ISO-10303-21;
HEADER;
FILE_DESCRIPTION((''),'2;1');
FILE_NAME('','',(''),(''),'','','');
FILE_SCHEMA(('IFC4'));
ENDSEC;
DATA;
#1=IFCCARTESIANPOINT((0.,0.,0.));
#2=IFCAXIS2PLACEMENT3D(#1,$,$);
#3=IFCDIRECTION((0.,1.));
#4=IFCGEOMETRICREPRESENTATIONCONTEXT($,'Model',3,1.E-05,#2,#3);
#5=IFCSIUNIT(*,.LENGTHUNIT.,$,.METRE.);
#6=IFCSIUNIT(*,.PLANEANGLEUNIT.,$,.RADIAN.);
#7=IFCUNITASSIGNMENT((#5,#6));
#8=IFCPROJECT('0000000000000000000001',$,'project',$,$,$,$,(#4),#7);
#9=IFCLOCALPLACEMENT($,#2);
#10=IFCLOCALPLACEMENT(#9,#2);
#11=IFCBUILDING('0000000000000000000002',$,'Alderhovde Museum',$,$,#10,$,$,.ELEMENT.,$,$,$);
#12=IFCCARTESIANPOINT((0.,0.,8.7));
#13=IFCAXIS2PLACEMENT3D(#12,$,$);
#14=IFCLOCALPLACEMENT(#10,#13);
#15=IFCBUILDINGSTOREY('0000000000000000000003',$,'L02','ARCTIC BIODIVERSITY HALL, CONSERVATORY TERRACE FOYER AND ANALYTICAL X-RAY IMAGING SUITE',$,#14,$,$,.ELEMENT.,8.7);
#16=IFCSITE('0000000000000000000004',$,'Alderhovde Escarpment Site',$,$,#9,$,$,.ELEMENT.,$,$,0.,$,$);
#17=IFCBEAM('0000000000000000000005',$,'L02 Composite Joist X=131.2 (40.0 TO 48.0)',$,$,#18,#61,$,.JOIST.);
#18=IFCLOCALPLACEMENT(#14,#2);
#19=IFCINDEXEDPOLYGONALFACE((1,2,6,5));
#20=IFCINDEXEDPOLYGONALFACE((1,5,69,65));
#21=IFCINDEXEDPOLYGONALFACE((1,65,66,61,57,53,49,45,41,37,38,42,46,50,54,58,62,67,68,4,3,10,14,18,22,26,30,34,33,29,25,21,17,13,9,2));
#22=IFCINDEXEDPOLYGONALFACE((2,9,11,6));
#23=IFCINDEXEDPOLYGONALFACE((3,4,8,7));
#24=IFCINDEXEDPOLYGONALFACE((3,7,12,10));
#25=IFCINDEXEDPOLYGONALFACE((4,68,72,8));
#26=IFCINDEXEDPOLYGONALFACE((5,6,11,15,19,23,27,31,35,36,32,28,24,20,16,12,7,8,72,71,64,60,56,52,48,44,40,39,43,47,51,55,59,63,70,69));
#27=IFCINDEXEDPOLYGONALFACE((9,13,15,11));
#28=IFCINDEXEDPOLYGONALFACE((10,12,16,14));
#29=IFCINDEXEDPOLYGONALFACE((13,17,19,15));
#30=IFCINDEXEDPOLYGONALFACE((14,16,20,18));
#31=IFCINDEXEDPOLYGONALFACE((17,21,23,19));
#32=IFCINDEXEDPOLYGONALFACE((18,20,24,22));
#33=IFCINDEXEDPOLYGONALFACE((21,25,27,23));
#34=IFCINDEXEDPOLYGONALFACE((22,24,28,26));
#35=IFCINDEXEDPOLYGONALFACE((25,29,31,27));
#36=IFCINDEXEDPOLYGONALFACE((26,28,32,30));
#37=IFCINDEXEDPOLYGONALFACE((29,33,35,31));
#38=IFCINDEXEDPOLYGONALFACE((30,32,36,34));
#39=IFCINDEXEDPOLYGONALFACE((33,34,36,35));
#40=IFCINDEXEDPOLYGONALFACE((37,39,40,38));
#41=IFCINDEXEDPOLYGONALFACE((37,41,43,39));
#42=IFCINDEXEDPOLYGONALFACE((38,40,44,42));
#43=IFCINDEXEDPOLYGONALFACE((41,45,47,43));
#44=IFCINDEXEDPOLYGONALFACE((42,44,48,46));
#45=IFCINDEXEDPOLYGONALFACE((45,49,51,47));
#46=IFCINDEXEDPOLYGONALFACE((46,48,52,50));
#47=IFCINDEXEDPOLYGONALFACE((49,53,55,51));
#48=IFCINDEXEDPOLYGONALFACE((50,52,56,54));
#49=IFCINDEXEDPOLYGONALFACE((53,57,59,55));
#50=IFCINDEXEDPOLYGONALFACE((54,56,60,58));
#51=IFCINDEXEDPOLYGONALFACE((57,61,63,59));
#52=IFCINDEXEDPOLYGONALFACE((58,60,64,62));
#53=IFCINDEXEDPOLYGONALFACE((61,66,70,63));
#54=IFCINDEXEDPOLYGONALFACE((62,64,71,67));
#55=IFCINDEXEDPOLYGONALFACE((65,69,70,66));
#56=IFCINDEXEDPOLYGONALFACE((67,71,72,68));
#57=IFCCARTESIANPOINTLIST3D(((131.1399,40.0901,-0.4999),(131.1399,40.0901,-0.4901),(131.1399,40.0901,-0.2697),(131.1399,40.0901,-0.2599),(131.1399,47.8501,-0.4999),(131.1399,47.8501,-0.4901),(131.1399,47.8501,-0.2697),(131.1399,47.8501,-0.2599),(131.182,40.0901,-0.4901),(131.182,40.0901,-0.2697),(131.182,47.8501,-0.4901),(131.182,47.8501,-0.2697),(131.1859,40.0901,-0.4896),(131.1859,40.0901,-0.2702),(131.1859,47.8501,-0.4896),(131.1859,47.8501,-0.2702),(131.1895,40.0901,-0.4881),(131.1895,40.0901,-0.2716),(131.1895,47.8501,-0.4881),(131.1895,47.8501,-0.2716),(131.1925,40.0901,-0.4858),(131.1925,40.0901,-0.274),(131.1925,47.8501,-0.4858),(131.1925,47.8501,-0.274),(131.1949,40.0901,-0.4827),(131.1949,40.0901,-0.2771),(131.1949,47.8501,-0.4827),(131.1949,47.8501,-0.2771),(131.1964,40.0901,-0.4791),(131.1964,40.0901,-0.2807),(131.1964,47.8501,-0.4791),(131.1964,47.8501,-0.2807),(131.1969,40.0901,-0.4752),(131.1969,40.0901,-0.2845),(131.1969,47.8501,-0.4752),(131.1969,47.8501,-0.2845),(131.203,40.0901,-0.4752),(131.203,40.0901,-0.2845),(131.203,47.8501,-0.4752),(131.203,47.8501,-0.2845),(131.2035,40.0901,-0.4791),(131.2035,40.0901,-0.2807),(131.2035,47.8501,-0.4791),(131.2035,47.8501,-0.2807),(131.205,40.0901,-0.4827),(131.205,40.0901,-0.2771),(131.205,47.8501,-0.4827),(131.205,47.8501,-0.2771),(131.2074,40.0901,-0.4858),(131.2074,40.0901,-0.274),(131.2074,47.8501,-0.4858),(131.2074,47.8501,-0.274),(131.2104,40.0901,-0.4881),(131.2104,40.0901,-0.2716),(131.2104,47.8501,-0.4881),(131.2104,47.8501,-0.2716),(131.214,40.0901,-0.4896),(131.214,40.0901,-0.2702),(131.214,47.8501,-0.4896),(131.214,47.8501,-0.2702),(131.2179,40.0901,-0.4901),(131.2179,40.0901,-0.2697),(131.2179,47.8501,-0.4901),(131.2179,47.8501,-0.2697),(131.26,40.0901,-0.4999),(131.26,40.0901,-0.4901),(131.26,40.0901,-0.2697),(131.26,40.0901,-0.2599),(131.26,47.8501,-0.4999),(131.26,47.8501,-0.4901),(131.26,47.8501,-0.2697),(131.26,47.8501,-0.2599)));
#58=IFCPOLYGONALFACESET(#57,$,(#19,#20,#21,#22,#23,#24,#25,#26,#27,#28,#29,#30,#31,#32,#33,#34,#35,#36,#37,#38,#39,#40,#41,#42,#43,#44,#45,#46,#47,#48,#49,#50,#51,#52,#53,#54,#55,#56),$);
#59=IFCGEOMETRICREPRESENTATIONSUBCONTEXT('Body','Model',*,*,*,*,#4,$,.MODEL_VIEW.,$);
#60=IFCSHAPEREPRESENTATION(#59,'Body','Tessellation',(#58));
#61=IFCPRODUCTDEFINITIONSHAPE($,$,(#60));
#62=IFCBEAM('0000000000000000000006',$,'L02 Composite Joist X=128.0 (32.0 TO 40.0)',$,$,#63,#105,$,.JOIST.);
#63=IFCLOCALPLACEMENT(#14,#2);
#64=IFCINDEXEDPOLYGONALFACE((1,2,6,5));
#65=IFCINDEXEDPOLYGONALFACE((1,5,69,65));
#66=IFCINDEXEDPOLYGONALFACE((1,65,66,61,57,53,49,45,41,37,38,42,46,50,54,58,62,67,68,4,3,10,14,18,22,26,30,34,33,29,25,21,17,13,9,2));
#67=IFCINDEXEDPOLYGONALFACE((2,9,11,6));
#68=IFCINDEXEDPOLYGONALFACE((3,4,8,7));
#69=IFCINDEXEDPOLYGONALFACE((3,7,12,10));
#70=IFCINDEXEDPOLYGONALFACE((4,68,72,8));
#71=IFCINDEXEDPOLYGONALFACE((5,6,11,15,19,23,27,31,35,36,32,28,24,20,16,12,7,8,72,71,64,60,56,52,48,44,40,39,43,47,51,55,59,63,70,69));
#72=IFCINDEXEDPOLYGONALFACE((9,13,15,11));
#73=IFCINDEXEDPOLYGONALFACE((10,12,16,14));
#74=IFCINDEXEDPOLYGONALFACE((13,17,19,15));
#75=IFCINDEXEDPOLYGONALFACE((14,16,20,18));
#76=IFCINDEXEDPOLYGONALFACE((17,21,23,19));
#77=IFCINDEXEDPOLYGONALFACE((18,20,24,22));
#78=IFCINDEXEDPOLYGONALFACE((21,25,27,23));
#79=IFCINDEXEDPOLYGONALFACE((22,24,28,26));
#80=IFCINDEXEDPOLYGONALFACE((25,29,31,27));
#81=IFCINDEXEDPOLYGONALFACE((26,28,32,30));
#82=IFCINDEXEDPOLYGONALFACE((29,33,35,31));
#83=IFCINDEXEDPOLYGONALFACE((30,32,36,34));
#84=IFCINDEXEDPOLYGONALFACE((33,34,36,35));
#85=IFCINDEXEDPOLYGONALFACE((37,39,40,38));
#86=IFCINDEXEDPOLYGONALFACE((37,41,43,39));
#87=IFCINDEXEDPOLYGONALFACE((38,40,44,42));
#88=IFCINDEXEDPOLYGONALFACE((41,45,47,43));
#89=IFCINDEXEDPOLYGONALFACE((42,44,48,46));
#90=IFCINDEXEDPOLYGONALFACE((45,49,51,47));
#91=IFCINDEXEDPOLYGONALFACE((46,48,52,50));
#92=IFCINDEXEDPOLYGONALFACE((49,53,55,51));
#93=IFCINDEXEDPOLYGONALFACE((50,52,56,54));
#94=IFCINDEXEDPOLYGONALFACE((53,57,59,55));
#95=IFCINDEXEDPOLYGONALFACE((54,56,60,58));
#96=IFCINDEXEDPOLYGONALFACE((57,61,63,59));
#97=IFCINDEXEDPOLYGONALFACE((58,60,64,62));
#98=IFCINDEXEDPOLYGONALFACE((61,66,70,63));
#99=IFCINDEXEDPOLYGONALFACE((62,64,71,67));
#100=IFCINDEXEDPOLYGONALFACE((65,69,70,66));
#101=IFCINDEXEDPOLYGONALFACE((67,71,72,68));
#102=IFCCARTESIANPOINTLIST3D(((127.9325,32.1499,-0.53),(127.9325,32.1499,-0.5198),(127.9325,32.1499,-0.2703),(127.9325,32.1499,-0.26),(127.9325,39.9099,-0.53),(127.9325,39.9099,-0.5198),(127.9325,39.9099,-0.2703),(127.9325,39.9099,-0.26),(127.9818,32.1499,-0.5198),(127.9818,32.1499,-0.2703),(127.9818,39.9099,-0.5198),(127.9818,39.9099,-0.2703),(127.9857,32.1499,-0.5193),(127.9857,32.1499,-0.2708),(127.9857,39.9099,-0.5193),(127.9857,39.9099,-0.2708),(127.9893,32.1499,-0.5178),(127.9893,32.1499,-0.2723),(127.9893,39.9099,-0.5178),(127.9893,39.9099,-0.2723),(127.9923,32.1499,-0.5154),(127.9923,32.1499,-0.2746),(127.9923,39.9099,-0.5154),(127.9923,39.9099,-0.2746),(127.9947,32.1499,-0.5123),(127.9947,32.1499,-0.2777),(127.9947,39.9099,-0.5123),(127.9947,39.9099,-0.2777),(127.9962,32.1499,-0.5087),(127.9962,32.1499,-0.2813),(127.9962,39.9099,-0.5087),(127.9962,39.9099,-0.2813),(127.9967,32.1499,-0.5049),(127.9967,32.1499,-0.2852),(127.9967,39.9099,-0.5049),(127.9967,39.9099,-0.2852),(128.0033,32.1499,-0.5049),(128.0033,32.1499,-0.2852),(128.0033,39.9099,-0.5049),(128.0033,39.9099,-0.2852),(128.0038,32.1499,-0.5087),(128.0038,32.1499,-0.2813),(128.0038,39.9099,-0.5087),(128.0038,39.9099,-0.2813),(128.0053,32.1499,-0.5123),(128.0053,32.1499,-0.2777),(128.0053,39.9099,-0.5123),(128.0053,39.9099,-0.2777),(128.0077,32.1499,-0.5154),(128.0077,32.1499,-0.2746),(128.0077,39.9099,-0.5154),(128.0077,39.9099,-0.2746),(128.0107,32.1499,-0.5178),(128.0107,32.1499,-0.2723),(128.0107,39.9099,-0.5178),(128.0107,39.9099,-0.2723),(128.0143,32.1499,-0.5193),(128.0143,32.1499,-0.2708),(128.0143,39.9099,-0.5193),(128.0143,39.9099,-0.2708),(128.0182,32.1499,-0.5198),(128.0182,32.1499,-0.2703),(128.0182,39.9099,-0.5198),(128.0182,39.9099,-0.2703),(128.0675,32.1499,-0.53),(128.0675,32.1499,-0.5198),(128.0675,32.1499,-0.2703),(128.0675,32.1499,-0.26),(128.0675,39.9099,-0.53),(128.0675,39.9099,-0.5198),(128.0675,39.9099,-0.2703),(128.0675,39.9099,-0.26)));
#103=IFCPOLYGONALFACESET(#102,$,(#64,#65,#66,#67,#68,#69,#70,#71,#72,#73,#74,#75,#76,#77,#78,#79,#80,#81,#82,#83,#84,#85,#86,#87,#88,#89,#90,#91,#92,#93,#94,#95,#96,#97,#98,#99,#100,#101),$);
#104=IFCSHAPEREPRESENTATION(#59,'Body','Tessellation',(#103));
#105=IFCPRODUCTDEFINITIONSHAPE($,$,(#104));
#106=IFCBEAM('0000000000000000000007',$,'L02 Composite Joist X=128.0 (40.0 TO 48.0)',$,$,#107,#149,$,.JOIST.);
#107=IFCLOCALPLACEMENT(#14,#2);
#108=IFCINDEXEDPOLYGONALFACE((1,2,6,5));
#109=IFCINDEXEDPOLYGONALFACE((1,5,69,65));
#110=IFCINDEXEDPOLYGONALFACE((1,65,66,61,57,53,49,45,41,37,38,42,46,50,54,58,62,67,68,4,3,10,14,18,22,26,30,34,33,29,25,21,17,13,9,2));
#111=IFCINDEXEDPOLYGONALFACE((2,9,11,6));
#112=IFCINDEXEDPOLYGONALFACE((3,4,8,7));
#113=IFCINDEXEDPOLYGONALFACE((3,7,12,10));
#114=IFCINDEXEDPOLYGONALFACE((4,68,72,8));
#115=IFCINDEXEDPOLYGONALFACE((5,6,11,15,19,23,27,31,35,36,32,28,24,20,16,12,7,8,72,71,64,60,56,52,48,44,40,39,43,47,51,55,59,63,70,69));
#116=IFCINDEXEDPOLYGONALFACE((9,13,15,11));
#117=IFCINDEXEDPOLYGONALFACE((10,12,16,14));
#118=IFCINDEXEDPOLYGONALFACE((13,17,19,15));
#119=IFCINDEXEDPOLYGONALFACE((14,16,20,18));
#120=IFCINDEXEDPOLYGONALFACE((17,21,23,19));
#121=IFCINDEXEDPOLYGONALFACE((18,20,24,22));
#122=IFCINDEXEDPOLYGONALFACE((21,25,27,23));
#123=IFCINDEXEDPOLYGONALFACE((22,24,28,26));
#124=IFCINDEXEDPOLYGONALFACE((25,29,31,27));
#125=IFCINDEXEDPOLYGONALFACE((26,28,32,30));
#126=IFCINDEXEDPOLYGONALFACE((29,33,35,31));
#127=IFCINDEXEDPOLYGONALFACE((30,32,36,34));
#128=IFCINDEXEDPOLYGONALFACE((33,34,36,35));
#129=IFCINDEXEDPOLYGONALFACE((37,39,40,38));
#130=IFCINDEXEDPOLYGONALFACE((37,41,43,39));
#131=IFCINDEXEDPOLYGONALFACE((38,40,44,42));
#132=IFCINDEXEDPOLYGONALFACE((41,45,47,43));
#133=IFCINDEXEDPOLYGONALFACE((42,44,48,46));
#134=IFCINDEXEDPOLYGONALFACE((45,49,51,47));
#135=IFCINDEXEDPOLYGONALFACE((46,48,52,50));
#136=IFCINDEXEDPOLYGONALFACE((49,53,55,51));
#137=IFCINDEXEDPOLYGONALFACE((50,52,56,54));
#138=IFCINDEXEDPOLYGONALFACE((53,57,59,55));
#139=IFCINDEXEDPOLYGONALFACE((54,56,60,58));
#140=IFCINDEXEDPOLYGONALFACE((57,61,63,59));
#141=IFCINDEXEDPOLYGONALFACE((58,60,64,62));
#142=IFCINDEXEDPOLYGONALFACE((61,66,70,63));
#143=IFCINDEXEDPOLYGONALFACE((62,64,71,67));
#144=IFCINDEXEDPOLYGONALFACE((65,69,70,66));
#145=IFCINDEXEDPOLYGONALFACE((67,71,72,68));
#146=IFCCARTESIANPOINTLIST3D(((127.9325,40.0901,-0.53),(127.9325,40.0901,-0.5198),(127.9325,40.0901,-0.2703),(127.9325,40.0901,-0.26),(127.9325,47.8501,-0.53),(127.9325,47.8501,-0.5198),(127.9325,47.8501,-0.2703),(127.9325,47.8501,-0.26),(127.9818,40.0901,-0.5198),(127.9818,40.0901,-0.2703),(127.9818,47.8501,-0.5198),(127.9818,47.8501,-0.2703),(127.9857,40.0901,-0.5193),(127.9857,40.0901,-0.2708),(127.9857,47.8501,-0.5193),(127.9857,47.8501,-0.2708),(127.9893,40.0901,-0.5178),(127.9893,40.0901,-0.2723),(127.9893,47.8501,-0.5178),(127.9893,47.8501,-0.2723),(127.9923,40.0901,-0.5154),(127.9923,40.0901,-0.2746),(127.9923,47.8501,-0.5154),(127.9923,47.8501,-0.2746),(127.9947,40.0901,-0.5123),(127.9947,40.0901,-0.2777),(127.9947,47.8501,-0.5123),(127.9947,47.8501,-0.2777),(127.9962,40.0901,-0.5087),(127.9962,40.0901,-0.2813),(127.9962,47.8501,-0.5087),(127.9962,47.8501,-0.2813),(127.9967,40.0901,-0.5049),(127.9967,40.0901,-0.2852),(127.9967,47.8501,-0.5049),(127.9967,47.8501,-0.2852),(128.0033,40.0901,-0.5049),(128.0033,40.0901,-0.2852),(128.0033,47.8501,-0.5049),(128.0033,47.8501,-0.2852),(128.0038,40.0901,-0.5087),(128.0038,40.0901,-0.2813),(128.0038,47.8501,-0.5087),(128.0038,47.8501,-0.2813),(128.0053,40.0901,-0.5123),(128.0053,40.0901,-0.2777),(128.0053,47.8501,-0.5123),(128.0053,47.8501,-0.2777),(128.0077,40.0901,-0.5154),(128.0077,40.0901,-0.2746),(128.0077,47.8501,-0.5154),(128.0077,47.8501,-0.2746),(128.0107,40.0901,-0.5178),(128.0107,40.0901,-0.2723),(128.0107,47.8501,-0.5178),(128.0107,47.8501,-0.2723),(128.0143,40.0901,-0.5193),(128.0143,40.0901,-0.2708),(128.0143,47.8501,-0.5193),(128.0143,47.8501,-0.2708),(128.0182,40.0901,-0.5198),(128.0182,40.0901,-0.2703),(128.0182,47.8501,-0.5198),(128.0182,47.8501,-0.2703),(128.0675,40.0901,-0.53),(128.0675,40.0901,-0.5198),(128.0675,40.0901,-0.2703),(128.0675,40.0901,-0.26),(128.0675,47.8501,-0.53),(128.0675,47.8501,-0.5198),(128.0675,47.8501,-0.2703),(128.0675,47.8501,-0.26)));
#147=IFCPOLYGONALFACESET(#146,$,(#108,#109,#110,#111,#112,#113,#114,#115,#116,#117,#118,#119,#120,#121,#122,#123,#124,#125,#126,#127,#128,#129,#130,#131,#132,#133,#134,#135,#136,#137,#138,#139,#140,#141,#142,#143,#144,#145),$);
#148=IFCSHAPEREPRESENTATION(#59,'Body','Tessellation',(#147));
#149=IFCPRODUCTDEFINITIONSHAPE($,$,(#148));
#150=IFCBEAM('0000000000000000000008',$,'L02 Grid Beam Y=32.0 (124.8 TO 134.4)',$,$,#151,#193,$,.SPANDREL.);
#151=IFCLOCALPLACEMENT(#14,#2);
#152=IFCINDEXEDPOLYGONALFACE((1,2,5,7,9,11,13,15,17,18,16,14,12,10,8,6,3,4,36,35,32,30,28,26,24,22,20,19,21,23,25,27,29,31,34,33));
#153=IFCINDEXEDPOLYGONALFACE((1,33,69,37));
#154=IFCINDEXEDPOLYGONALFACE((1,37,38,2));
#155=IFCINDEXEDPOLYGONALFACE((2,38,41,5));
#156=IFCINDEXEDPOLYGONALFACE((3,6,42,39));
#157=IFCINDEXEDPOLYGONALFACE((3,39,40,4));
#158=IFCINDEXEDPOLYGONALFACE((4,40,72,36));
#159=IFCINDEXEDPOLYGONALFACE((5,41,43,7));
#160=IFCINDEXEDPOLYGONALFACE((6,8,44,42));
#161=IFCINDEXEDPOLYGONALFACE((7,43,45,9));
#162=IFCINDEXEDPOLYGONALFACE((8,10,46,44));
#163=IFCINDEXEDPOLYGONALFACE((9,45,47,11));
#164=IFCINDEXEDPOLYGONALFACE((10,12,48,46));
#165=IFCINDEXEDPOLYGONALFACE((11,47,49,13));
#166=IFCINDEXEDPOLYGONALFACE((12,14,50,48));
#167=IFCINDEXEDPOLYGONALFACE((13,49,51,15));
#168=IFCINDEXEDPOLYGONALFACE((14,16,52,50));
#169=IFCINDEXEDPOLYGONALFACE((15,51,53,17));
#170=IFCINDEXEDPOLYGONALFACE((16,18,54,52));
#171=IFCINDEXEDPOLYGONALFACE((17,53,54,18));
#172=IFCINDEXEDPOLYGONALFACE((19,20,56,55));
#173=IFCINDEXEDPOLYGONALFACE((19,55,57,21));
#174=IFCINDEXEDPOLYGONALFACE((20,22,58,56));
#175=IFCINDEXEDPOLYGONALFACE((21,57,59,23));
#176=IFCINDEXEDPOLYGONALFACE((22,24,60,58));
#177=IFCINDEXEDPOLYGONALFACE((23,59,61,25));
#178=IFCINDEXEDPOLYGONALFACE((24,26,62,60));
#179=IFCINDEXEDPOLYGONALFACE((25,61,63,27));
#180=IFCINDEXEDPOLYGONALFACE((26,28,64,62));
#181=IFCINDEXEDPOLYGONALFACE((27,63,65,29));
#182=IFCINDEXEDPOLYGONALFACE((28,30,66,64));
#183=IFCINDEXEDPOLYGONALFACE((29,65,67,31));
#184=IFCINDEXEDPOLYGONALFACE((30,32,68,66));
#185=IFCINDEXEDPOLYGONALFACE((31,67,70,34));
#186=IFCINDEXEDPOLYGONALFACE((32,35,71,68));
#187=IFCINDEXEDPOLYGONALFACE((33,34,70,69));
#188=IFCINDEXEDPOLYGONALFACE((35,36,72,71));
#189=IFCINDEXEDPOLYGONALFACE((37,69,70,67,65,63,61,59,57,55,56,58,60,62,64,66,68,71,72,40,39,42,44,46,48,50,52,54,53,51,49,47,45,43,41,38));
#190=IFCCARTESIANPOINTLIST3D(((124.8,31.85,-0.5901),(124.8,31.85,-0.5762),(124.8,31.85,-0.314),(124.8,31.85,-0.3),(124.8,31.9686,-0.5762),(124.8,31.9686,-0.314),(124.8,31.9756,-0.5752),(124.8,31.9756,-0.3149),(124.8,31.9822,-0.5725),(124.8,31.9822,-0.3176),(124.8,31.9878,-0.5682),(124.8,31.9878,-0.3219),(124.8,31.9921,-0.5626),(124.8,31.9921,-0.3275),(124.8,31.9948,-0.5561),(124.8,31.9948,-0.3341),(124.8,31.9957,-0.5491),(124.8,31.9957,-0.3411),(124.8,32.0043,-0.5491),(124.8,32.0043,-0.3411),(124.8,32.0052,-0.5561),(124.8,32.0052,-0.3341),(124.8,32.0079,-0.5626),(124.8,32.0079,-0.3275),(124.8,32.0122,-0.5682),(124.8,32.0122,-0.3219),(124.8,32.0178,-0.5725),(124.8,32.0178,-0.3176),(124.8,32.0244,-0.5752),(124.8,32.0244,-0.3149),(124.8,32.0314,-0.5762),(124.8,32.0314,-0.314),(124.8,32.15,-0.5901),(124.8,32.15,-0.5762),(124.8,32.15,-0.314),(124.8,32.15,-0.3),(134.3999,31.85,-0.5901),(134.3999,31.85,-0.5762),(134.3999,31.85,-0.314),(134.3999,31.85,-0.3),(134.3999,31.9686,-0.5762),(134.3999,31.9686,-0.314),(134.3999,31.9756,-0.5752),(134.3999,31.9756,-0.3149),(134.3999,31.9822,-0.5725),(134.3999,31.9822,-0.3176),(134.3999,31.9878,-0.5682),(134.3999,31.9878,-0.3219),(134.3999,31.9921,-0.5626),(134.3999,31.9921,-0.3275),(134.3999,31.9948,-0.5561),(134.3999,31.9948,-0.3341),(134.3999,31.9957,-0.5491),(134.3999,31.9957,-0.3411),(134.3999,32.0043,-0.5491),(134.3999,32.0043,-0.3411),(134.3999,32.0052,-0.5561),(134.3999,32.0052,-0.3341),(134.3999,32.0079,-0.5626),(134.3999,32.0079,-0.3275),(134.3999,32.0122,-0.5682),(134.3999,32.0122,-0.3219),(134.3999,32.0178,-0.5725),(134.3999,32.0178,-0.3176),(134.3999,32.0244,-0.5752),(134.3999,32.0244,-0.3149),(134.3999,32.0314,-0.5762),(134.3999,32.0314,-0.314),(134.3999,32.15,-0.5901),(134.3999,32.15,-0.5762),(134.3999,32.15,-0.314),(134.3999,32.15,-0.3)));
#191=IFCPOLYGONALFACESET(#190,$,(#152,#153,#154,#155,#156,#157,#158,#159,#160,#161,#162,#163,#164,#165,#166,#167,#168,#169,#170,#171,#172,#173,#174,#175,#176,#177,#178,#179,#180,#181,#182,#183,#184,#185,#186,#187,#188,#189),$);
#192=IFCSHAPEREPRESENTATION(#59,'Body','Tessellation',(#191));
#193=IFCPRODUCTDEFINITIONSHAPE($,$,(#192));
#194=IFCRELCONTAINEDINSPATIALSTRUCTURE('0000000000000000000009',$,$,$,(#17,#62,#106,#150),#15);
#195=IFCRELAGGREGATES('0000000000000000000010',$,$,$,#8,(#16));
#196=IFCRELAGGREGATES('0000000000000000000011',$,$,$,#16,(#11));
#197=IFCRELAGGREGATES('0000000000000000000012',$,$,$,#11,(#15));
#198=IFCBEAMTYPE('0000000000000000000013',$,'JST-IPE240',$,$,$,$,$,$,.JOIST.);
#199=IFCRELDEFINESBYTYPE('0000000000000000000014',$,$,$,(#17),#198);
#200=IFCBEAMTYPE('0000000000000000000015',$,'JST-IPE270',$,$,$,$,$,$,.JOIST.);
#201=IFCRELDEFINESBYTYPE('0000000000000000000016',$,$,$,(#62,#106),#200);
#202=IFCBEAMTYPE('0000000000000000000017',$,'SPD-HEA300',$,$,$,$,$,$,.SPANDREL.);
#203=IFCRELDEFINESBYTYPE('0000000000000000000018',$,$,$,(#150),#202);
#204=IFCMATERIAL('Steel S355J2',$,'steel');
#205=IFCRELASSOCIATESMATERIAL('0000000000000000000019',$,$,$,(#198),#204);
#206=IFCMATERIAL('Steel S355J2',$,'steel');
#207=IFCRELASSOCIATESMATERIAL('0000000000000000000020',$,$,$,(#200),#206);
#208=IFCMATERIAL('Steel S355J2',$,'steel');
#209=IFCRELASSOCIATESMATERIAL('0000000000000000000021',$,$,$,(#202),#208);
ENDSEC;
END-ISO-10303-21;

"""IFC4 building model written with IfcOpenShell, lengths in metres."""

from ifc_helpers import new_model, si_unit, direction, frame, origin, origin_2d, place, context, subcontext, project, spatial, i_section, extrude, material, material_profile, profile_set, type_object, element, save


model = new_model("IFC4")

# Units and contexts
model_context = context("Model", 3, precision=1e-05, world=origin(), true_north=direction((0.0, 1.0)))
body_context = subcontext(model_context, "Body", "Model", "MODEL_VIEW")
ifc_project = project(units=[si_unit("LENGTHUNIT", "METRE"), si_unit("PLANEANGLEUNIT", "RADIAN")], contexts=[model_context])

# Site, building, storey
site_placement = place(None, origin())
site = spatial("IfcSite", under=ifc_project, at=site_placement, Name="Alderhovde Escarpment Site", CompositionType="ELEMENT", RefElevation=0.0)
building_placement = place(site_placement, origin())
building = spatial("IfcBuilding", under=site, at=building_placement, Name="Alderhovde Museum", CompositionType="ELEMENT")
storey_placement = place(building_placement, frame((0.0, 0.0, 8.7)))
storey = spatial("IfcBuildingStorey", under=building, at=storey_placement, Name="L02", Description="ARCTIC BIODIVERSITY HALL, CONSERVATORY TERRACE FOYER AND ANALYTICAL X-RAY IMAGING SUITE", CompositionType="ELEMENT", Elevation=8.7)

# Beams
ifc_material_1 = material(Name="Steel S355J2", Category="steel")
ifc_material_profile_1 = material_profile(ifc_material_1, i_section(OverallWidth=0.1201, OverallDepth=0.24, WebThickness=0.0061, FlangeThickness=0.0098, FilletRadius=0.0149, at=origin_2d()), Name="IPE 240")
ifc_profile_set_1 = profile_set([ifc_material_profile_1], Name="Steel S355J2")
beam_type_1 = type_object("IfcBeamType", Name="JST-IPE240", PredefinedType="JOIST", material=ifc_profile_set_1)
for number, where, z_axis, x_axis, name in (
    (1, (131.2, 40.0901, -0.3799), (0.0, 1.0, 0.0), (-1.0, 0.0, 0.0), "L02 Composite Joist X=131.2 (40.0 TO 48.0)"),
):
    element("IfcBeam", number, at=place(storey_placement, frame(where, z_axis=z_axis, x_axis=x_axis)), inside=storey, type_object=beam_type_1, Name=name, PredefinedType="JOIST", context=body_context, shape_type="SweptSolid", body=[
        extrude(i_section(OverallWidth=0.1201, OverallDepth=0.24, WebThickness=0.0061, FlangeThickness=0.0098, FilletRadius=0.0149, at=origin_2d()), origin(), (0.0, 0.0, 1.0), 7.76),
    ])
ifc_material_2 = material(Name="Steel S355J2", Category="steel")
ifc_material_profile_2 = material_profile(ifc_material_2, i_section(OverallWidth=0.135, OverallDepth=0.27, WebThickness=0.0066, FlangeThickness=0.0103, FilletRadius=0.0149, at=origin_2d()), Name="IPE 270")
ifc_profile_set_2 = profile_set([ifc_material_profile_2], Name="Steel S355J2")
beam_type_2 = type_object("IfcBeamType", Name="JST-IPE270", PredefinedType="JOIST", material=ifc_profile_set_2)
for number, where, z_axis, x_axis, name in (
    (2, (128.0, 32.1499, -0.395), (0.0, 1.0, 0.0), (-1.0, 0.0, 0.0), "L02 Composite Joist X=128.0 (32.0 TO 40.0)"),
    (3, (128.0, 40.0901, -0.395), (0.0, 1.0, 0.0), (-1.0, 0.0, 0.0), "L02 Composite Joist X=128.0 (40.0 TO 48.0)"),
):
    element("IfcBeam", number, at=place(storey_placement, frame(where, z_axis=z_axis, x_axis=x_axis)), inside=storey, type_object=beam_type_2, Name=name, PredefinedType="JOIST", context=body_context, shape_type="SweptSolid", body=[
        extrude(i_section(OverallWidth=0.135, OverallDepth=0.27, WebThickness=0.0066, FlangeThickness=0.0103, FilletRadius=0.0149, at=origin_2d()), origin(), (0.0, 0.0, 1.0), 7.76),
    ])
ifc_material_3 = material(Name="Steel S355J2", Category="steel")
ifc_material_profile_3 = material_profile(ifc_material_3, i_section(OverallWidth=0.3, OverallDepth=0.29, WebThickness=0.0085, FlangeThickness=0.0139, FilletRadius=0.0271, at=origin_2d()), Name="HEA 300")
ifc_profile_set_3 = profile_set([ifc_material_profile_3], Name="Steel S355J2")
beam_type_3 = type_object("IfcBeamType", Name="SPD-HEA300", PredefinedType="SPANDREL", material=ifc_profile_set_3)
beam_1_placement = place(storey_placement, frame((124.8, 32.0, -0.4451), z_axis=(1.0, 0.0, 0.0), x_axis=(0.0, 1.0, 0.0)))
element("IfcBeam", 4, at=beam_1_placement, inside=storey, type_object=beam_type_3, Name="L02 Grid Beam Y=32.0 (124.8 TO 134.4)", PredefinedType="SPANDREL", context=body_context, shape_type="SweptSolid", body=[
    extrude(i_section(OverallWidth=0.3, OverallDepth=0.29, WebThickness=0.0085, FlangeThickness=0.0139, FilletRadius=0.0271, at=origin_2d()), origin(), (0.0, 0.0, 1.0), 9.5999),
])

save(model, "model.ifc")
